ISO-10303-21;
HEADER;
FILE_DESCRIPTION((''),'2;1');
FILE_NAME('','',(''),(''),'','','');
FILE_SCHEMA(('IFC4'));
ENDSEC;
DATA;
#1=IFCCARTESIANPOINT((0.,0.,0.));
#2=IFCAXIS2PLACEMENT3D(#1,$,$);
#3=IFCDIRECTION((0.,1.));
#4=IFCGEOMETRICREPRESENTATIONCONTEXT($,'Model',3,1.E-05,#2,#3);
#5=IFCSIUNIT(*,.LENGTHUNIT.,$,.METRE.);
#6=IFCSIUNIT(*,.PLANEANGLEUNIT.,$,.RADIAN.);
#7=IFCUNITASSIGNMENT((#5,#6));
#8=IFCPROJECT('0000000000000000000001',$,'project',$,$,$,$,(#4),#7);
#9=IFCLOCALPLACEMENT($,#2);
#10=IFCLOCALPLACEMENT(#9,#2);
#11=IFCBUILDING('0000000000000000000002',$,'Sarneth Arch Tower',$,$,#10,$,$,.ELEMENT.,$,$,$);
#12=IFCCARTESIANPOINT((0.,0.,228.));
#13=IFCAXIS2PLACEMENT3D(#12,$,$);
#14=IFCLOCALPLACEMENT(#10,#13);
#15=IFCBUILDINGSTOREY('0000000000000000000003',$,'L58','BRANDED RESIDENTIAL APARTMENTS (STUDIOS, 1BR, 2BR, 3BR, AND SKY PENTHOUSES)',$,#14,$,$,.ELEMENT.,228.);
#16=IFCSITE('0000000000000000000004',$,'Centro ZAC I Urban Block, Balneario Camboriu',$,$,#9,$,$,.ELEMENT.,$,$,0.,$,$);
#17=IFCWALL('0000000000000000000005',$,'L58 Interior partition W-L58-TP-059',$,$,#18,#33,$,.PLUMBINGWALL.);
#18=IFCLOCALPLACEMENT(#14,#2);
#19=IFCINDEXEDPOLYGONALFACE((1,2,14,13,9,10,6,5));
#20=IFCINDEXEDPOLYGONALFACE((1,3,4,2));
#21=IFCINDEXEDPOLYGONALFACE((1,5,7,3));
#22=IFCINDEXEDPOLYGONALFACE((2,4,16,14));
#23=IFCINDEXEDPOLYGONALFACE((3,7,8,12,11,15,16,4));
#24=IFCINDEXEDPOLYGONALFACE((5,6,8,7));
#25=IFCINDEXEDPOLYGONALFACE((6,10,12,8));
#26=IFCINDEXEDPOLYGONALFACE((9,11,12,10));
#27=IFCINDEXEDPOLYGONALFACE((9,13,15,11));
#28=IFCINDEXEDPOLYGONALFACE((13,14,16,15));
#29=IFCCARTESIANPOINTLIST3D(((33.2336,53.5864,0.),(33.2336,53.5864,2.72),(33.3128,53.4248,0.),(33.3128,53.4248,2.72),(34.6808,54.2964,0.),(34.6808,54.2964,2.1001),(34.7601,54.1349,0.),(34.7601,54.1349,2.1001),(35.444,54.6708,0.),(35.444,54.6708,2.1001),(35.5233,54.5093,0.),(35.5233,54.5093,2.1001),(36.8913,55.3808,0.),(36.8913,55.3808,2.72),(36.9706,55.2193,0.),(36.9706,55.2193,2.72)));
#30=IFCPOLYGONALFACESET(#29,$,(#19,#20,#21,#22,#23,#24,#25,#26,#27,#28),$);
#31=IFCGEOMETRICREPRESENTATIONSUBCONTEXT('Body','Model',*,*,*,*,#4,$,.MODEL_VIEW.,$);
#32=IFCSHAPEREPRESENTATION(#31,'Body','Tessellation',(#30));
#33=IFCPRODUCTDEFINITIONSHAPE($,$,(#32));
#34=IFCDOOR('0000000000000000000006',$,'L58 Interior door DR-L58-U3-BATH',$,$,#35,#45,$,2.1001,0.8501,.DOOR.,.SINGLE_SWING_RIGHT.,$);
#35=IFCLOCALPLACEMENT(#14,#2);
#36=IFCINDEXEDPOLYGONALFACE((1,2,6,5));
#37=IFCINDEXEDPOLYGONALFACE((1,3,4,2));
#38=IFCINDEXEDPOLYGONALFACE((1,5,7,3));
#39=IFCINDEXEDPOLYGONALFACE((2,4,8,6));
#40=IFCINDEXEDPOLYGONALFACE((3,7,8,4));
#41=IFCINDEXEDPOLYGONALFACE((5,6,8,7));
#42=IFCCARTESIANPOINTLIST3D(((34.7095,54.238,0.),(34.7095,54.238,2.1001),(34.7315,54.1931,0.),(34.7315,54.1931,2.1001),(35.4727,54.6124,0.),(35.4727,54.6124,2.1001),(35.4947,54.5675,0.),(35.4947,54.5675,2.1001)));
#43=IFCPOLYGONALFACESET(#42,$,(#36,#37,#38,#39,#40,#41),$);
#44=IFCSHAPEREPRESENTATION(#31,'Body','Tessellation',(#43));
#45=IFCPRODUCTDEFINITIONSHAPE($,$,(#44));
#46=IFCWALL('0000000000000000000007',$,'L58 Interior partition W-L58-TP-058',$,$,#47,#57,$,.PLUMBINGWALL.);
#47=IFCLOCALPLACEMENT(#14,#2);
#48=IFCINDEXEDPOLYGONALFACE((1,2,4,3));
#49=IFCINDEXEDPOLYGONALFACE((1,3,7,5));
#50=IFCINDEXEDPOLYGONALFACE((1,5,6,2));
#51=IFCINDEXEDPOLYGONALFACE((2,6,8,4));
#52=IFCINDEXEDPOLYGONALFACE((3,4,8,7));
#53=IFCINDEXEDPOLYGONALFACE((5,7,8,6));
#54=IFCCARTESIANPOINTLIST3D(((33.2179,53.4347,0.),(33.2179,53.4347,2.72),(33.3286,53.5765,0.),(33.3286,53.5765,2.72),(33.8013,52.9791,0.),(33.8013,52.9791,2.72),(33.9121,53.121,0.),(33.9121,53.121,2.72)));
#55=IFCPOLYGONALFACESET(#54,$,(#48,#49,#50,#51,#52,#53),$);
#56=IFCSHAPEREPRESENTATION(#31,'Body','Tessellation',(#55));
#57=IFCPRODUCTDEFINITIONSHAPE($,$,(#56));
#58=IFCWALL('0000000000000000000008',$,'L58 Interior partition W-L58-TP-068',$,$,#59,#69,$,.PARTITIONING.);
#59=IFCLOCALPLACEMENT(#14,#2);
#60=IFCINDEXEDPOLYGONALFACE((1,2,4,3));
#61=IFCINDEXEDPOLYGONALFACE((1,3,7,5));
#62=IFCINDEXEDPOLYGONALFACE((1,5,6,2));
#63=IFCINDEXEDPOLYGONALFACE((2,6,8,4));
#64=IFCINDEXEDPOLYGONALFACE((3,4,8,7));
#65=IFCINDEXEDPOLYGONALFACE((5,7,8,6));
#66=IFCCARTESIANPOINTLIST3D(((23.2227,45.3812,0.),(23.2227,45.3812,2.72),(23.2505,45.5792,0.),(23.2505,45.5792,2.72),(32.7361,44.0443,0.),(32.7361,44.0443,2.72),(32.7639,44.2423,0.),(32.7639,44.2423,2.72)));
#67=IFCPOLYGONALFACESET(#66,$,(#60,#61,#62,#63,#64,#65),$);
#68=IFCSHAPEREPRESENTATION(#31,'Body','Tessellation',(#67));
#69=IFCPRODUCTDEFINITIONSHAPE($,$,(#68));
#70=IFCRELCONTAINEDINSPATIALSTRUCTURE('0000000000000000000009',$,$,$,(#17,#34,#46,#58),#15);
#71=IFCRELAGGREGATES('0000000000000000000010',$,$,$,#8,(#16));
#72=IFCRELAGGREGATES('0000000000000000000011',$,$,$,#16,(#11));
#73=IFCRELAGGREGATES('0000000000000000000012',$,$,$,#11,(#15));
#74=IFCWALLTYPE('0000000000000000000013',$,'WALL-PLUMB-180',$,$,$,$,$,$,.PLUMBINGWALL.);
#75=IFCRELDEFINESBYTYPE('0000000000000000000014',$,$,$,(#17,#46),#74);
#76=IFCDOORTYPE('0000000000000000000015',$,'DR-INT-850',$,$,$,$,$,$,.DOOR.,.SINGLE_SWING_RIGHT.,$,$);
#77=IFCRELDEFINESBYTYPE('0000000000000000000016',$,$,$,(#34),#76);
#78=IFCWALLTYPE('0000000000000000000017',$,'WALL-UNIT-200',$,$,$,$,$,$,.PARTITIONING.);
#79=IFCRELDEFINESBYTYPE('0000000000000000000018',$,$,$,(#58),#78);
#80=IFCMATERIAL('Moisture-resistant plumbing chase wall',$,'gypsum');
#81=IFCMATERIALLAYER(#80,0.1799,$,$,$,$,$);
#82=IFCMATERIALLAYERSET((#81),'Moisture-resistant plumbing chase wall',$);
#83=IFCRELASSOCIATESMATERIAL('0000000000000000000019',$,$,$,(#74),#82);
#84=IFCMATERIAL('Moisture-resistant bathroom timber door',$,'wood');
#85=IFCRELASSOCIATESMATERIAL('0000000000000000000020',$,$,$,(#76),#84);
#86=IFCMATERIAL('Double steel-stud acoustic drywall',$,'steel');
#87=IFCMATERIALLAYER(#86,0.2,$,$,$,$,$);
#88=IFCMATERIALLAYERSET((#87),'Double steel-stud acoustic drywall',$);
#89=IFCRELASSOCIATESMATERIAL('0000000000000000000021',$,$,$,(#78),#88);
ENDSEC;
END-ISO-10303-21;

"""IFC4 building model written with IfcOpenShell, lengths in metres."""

from ifc_helpers import new_model, si_unit, direction, frame, frame_2d, origin, place, context, subcontext, project, spatial, rectangle, extrude, material, layer, layer_set, type_object, element, fill, save


model = new_model("IFC4")

# Units and contexts
model_context = context("Model", 3, precision=1e-05, world=origin(), true_north=direction((0.0, 1.0)))
body_context = subcontext(model_context, "Body", "Model", "MODEL_VIEW")
ifc_project = project(units=[si_unit("LENGTHUNIT", "METRE"), si_unit("PLANEANGLEUNIT", "RADIAN")], contexts=[model_context])

# Site, building, storey
site_placement = place(None, origin())
site = spatial("IfcSite", under=ifc_project, at=site_placement, Name="Centro ZAC I Urban Block, Balneario Camboriu", CompositionType="ELEMENT", RefElevation=0.0)
building_placement = place(site_placement, origin())
building = spatial("IfcBuilding", under=site, at=building_placement, Name="Sarneth Arch Tower", CompositionType="ELEMENT")
storey_placement = place(building_placement, frame((0.0, 0.0, 228.0)))
storey = spatial("IfcBuildingStorey", under=building, at=storey_placement, Name="L58", Description="BRANDED RESIDENTIAL APARTMENTS (STUDIOS, 1BR, 2BR, 3BR, AND SKY PENTHOUSES)", CompositionType="ELEMENT", Elevation=228.0)

# Wall, opening, door
ifc_material_1 = material(Name="Moisture-resistant plumbing chase wall", Category="gypsum")
ifc_layer_1 = layer(ifc_material_1, 0.1799)
ifc_layer_set_1 = layer_set([ifc_layer_1], Name="Moisture-resistant plumbing chase wall")
wall_type_1 = type_object("IfcWallType", Name="WALL-PLUMB-180", PredefinedType="PLUMBINGWALL", material=ifc_layer_set_1)
wall_1_placement = place(storey_placement, frame((33.2732, 53.5056, 0.0), z_axis=(0.0, 0.0, 1.0), x_axis=(0.897781, 0.440441, 0.0)))
wall_1 = element("IfcWall", 1, at=wall_1_placement, inside=storey, type_object=wall_type_1, Name="L58 Interior partition W-L58-TP-059", PredefinedType="PLUMBINGWALL", context=body_context, shape_type="SweptSolid", body=[
    extrude(rectangle(XDim=4.0742, YDim=0.1799, at=frame_2d((2.0371, 0.0))), origin(), (0.0, 0.0, 1.0), 2.72),
])
opening_1_placement = place(wall_1_placement, frame((1.6121, 0.0, 0.0)))
opening_1 = element("IfcOpeningElement", 2, at=opening_1_placement, cuts=wall_1, PredefinedType="OPENING", context=body_context, shape_type="SweptSolid", body=[
    extrude(rectangle(XDim=0.8501, YDim=2.1001, at=frame_2d((0.425, 1.05))), frame((0.0, 0.0999, 0.0), z_axis=(0.0, -1.0, 0.0), x_axis=(1.0, 0.0, 0.0)), (0.0, 0.0, 1.0), 0.2),
])
ifc_material_2 = material(Name="Moisture-resistant bathroom timber door", Category="wood")
door_type_1 = type_object("IfcDoorType", Name="DR-INT-850", OperationType="SINGLE_SWING_RIGHT", PredefinedType="DOOR", material=ifc_material_2)
door_1_placement = place(opening_1_placement, origin())
door_1 = element("IfcDoor", 3, at=door_1_placement, inside=storey, type_object=door_type_1, Name="L58 Interior door DR-L58-U3-BATH", OperationType="SINGLE_SWING_RIGHT", OverallHeight=2.1001, OverallWidth=0.8501, PredefinedType="DOOR", context=body_context, shape_type="SweptSolid", body=[
    extrude(rectangle(XDim=0.8501, YDim=2.1001, at=frame_2d((0.425, 1.05))), frame((0.0, 0.0249, 0.0), z_axis=(0.0, -1.0, 0.0), x_axis=(1.0, 0.0, 0.0)), (0.0, 0.0, 1.0), 0.05),
])
fill(opening_1, door_1)

# Walls
wall_2_placement = place(storey_placement, frame((33.8567, 53.05, 0.0), z_axis=(0.0, 0.0, 1.0), x_axis=(-0.788214, 0.615401, 0.0)))
element("IfcWall", 4, at=wall_2_placement, inside=storey, type_object=wall_type_1, Name="L58 Interior partition W-L58-TP-058", PredefinedType="PLUMBINGWALL", context=body_context, shape_type="SweptSolid", body=[
    extrude(rectangle(XDim=0.7402, YDim=0.1799, at=frame_2d((0.3701, 0.0))), origin(), (0.0, 0.0, 1.0), 2.72),
])
ifc_material_3 = material(Name="Double steel-stud acoustic drywall", Category="steel")
ifc_layer_2 = layer(ifc_material_3, 0.2)
ifc_layer_set_2 = layer_set([ifc_layer_2], Name="Double steel-stud acoustic drywall")
wall_type_2 = type_object("IfcWallType", Name="WALL-UNIT-200", PredefinedType="PARTITIONING", material=ifc_layer_set_2)
wall_3_placement = place(storey_placement, frame((23.2366, 45.4802, 0.0), z_axis=(0.0, 0.0, 1.0), x_axis=(0.99027, -0.139162, 0.0)))
element("IfcWall", 5, at=wall_3_placement, inside=storey, type_object=wall_type_2, Name="L58 Interior partition W-L58-TP-068", PredefinedType="PARTITIONING", context=body_context, shape_type="SweptSolid", body=[
    extrude(rectangle(XDim=9.6069, YDim=0.2, at=frame_2d((4.8035, 0.0))), origin(), (0.0, 0.0, 1.0), 2.72),
])

save(model, "model.ifc")
